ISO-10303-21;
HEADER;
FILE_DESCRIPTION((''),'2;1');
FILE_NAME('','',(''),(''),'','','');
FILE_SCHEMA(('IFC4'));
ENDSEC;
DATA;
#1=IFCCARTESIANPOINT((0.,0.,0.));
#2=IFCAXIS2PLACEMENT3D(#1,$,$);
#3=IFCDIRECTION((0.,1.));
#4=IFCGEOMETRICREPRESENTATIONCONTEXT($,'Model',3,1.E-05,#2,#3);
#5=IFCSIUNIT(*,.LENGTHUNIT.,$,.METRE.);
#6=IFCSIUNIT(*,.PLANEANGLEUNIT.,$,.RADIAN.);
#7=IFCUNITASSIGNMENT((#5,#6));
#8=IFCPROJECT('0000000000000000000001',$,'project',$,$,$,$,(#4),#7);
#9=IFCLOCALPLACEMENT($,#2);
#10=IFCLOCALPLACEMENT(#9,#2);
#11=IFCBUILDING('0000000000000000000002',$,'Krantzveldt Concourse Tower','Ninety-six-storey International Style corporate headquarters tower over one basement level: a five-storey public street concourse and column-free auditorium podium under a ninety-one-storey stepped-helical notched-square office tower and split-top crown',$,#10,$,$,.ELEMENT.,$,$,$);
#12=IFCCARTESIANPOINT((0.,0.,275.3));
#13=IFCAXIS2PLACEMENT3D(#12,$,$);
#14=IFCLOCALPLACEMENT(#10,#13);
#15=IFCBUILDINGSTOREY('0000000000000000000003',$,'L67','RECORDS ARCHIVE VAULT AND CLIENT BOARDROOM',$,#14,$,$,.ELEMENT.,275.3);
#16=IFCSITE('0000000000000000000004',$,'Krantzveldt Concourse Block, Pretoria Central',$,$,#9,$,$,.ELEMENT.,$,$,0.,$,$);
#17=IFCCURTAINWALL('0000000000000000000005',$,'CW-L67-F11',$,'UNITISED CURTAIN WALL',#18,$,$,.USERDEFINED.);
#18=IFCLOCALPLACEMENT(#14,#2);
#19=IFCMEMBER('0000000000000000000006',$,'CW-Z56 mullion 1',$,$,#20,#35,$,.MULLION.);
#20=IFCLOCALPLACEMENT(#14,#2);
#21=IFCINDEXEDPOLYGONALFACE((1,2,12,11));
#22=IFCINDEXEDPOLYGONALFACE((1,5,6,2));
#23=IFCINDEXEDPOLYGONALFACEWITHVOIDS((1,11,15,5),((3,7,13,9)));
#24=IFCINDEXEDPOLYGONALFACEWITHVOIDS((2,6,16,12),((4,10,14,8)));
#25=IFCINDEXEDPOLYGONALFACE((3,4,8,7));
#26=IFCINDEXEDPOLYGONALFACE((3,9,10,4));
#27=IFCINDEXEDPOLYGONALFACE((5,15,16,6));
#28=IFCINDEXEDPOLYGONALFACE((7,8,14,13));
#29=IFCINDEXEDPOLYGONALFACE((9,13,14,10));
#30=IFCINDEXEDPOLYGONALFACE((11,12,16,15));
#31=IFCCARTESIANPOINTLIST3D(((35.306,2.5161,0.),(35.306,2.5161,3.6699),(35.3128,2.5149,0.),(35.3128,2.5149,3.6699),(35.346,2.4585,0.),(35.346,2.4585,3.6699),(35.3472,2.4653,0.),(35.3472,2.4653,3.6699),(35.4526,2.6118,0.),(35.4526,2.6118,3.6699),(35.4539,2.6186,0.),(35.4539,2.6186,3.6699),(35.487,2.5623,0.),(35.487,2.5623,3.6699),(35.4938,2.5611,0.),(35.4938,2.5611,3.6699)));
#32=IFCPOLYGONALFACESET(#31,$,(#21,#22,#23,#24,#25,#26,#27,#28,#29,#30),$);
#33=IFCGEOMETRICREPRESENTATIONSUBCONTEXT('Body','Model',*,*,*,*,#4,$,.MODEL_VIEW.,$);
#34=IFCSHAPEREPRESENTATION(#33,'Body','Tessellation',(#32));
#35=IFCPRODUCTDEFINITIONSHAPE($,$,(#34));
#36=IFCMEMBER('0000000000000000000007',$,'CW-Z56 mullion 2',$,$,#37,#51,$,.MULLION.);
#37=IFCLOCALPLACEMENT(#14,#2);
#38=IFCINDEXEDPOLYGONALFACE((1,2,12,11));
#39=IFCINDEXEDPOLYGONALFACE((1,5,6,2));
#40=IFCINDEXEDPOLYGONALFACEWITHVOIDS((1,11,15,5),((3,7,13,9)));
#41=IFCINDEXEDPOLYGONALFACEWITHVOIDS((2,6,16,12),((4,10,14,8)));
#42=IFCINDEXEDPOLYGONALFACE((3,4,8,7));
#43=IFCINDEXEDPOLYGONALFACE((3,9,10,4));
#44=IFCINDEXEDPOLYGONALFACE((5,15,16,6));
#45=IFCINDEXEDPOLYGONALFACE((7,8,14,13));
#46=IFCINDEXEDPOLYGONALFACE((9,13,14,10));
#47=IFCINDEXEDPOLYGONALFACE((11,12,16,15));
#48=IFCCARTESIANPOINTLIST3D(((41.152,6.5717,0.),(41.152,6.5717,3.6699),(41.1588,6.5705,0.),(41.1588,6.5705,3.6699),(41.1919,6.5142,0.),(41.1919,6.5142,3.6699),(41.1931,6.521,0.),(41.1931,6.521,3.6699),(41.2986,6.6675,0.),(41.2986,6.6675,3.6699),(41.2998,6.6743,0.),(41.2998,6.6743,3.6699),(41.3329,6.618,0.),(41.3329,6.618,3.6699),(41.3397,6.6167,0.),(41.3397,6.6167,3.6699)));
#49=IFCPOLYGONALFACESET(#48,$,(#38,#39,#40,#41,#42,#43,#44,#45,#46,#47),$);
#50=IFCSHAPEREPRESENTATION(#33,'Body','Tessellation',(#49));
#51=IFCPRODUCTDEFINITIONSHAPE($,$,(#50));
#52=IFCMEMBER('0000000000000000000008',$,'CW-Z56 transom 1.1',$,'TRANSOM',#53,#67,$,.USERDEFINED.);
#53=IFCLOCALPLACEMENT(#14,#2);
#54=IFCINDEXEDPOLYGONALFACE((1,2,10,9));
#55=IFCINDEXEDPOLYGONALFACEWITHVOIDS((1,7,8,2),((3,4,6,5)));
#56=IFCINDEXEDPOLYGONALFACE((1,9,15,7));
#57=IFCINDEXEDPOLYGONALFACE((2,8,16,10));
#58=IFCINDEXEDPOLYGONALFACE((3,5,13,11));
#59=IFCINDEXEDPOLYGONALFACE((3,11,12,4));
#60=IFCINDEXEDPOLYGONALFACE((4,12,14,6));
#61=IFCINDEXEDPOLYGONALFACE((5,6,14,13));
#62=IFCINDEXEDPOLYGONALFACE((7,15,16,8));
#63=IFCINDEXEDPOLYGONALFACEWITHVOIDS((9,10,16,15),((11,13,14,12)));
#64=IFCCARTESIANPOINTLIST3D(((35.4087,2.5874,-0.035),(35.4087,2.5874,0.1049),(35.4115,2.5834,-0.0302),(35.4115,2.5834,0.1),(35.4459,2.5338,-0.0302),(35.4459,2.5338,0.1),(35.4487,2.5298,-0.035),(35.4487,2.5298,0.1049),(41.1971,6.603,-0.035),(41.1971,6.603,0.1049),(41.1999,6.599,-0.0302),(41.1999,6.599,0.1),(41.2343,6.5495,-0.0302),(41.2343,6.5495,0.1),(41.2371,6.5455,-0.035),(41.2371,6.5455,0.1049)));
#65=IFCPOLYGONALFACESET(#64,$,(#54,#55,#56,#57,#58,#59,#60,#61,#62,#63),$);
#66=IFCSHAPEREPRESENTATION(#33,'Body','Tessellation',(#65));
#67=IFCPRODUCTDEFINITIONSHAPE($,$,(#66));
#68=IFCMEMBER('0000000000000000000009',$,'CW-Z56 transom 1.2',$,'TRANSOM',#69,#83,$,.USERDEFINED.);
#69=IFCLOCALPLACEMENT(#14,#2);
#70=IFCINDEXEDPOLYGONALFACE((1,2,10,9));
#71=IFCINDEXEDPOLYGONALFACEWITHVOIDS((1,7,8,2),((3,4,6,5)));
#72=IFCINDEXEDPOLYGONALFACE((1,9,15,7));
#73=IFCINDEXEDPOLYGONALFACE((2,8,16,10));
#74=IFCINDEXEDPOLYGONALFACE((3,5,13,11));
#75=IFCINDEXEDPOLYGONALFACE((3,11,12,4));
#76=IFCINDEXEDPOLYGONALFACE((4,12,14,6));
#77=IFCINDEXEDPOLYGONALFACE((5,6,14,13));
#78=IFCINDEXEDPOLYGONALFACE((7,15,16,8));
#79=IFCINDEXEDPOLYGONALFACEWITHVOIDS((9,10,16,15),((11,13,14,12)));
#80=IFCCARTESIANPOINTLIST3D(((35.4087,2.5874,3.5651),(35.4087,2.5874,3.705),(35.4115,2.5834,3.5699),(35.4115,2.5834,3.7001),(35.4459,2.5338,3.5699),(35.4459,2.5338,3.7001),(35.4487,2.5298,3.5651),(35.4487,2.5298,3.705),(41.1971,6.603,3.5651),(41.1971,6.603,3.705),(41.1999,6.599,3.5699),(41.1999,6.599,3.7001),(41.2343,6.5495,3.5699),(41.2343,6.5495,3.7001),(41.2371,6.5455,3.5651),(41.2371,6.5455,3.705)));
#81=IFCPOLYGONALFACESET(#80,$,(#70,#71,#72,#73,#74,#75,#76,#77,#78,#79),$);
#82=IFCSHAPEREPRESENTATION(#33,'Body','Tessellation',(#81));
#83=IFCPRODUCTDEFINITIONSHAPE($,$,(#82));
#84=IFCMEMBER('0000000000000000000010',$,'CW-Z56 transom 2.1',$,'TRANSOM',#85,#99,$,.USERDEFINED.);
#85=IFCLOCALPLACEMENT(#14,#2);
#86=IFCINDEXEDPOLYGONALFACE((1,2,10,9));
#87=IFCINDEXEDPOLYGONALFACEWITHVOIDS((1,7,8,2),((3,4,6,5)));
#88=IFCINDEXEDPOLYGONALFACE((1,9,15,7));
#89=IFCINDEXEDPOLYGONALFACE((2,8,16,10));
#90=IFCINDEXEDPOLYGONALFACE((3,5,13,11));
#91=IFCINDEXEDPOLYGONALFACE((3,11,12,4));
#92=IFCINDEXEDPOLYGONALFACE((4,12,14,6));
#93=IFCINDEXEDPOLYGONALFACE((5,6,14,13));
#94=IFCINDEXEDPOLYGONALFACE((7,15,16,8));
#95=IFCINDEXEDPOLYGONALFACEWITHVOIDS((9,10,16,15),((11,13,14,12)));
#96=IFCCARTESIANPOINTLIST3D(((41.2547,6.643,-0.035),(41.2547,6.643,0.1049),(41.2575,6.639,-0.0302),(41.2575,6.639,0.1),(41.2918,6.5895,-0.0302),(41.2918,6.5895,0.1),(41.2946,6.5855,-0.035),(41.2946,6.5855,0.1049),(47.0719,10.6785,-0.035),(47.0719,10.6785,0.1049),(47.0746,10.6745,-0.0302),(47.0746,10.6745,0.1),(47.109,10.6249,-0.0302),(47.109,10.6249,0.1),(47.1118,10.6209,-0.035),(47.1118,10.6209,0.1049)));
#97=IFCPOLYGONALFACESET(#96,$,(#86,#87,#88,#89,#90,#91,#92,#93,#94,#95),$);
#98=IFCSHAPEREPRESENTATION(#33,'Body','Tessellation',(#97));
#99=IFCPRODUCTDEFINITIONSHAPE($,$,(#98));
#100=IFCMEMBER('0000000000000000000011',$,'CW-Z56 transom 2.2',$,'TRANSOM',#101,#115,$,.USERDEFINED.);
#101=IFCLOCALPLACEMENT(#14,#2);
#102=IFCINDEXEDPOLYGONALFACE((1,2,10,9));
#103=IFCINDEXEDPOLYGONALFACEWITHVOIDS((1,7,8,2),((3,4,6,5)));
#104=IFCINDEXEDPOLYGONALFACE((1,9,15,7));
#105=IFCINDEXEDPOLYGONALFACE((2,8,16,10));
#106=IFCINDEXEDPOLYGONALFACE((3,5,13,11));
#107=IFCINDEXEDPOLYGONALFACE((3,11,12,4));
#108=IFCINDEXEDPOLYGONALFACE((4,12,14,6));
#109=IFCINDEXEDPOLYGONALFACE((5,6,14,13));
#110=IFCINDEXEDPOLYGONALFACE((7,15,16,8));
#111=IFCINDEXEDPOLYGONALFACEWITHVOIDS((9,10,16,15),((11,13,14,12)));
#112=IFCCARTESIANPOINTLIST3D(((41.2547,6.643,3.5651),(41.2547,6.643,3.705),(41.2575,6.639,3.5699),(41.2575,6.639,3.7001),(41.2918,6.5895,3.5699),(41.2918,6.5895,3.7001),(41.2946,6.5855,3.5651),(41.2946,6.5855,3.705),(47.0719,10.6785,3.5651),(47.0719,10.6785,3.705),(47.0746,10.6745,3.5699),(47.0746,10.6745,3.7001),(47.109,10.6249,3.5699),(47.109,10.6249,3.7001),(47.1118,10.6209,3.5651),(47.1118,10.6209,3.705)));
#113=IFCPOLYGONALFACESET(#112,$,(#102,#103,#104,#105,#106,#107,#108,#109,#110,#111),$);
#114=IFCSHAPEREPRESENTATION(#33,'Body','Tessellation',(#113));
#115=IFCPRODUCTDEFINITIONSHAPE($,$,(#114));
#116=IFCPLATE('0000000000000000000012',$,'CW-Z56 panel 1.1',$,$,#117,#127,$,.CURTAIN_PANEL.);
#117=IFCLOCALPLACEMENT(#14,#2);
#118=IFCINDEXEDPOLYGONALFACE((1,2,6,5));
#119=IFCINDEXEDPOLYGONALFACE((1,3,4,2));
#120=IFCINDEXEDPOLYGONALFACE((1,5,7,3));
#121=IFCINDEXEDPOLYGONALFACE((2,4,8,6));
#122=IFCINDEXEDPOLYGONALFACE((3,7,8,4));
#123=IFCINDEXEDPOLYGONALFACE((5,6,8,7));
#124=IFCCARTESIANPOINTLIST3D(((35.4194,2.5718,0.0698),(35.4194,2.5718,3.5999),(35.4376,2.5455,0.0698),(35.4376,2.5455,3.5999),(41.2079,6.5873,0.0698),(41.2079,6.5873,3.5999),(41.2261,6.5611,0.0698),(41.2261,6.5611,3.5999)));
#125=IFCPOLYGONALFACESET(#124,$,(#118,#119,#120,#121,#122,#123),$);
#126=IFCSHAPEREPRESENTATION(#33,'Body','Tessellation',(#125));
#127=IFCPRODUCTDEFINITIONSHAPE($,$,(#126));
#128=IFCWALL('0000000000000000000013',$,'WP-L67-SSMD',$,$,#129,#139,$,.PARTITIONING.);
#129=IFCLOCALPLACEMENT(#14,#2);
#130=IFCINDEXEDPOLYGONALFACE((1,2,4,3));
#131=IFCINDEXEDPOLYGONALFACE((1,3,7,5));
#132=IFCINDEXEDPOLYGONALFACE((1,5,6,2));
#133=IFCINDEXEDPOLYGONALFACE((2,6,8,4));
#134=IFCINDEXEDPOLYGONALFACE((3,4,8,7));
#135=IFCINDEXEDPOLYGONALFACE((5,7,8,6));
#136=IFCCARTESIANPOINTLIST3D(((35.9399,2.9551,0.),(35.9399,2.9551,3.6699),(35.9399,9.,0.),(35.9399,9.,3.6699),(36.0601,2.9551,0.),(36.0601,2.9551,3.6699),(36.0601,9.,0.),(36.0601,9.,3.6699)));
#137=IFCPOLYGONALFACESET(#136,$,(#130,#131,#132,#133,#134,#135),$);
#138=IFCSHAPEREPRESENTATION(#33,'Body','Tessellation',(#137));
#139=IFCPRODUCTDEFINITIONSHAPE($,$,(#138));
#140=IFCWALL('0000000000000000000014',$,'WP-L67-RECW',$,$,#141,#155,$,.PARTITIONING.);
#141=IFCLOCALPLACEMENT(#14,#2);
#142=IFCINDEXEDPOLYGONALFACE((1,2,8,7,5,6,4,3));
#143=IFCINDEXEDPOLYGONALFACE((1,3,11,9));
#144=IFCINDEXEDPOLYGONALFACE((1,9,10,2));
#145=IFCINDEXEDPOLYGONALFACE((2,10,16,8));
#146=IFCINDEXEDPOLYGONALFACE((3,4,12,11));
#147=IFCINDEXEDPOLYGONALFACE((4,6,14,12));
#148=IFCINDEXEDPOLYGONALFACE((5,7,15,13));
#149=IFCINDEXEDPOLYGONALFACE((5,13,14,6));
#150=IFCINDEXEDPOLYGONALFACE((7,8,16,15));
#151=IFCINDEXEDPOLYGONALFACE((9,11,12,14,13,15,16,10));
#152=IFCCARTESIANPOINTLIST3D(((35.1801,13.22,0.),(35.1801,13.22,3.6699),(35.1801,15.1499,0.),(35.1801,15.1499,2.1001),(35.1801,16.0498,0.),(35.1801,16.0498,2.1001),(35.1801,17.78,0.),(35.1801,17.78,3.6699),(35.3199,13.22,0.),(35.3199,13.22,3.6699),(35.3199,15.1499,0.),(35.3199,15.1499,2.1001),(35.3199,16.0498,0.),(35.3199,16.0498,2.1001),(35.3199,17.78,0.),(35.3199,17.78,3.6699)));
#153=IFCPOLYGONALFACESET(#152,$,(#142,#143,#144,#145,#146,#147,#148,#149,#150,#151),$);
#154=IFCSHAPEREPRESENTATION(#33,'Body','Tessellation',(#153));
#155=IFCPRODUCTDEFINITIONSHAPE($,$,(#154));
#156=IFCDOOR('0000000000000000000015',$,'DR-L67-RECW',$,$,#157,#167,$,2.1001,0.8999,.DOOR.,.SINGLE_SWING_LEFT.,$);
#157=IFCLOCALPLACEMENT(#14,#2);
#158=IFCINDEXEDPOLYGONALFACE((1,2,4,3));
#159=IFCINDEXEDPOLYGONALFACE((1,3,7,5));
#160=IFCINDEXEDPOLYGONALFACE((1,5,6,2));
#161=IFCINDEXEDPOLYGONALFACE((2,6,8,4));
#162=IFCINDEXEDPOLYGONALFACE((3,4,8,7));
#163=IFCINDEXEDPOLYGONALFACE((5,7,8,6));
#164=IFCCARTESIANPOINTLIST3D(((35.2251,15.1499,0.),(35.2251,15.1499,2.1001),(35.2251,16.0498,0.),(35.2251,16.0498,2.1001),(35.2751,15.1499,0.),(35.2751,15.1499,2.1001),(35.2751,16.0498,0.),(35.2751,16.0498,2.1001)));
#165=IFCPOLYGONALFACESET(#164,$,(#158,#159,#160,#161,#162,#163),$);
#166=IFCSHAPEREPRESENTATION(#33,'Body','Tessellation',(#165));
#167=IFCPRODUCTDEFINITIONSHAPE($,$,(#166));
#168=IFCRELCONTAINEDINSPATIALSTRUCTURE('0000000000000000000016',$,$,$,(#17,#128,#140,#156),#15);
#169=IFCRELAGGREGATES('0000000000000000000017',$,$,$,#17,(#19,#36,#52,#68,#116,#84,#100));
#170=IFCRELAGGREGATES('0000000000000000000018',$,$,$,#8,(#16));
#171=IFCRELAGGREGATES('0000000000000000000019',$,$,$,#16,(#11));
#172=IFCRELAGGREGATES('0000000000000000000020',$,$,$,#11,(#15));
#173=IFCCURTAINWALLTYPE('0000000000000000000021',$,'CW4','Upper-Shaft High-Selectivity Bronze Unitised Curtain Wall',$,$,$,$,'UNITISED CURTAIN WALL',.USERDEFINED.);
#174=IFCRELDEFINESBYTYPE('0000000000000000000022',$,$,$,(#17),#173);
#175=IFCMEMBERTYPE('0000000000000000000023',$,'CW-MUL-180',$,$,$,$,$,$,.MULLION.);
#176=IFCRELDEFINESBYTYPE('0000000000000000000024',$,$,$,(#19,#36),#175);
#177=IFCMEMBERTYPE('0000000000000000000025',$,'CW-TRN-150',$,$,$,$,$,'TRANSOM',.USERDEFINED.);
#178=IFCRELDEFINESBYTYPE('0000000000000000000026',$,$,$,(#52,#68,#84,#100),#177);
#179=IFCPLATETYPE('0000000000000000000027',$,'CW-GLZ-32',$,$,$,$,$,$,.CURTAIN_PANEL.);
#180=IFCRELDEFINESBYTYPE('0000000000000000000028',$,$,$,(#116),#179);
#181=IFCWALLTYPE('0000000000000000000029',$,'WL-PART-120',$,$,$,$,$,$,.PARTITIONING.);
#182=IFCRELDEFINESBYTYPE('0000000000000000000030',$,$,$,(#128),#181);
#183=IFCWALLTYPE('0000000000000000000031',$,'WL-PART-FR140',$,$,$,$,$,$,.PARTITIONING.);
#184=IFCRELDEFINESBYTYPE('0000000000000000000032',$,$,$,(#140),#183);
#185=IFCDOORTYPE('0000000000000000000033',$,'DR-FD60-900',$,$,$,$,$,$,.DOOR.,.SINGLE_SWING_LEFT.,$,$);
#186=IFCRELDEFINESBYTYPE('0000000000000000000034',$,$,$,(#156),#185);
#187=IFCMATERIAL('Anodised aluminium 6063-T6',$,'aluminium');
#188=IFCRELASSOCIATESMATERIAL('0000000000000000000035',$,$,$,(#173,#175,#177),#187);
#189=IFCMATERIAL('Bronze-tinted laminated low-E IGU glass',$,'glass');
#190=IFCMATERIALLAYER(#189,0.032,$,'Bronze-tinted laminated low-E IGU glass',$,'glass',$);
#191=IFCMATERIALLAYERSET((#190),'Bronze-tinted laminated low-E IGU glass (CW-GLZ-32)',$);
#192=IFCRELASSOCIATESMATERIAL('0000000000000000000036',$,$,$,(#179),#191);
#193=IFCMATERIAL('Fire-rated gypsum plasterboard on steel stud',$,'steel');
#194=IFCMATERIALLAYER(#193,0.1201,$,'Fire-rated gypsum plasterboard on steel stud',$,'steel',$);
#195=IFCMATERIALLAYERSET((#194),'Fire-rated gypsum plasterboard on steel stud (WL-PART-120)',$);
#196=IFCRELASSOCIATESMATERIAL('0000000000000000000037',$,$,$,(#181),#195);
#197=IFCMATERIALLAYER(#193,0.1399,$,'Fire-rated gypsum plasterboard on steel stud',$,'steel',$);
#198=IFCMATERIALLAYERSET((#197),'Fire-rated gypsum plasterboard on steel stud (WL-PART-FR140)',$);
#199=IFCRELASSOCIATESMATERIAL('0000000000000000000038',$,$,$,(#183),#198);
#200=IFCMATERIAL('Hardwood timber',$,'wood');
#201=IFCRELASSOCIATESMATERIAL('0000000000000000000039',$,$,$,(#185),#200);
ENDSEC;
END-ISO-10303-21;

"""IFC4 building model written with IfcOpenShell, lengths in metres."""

from ifc_helpers import new_model, si_unit, direction, frame, frame_2d, origin, origin_2d, place, context, subcontext, project, spatial, rectangle, hollow_rectangle, extrude, source, transform, mapped, material, layer, layer_set, material_profile, profile_set, type_object, type_shapes, element, fill, aggregate, save


model = new_model("IFC4")

# Units and contexts
model_context = context("Model", 3, precision=1e-05, world=origin(), true_north=direction((0.0, 1.0)))
body_context = subcontext(model_context, "Body", "Model", "MODEL_VIEW")
ifc_project = project(units=[si_unit("LENGTHUNIT", "METRE"), si_unit("PLANEANGLEUNIT", "RADIAN")], contexts=[model_context])

# Site, building, storey
site_placement = place(None, origin())
site = spatial("IfcSite", under=ifc_project, at=site_placement, Name="Krantzveldt Concourse Block, Pretoria Central", CompositionType="ELEMENT", RefElevation=0.0)
building_placement = place(site_placement, origin())
building = spatial("IfcBuilding", under=site, at=building_placement, Name="Krantzveldt Concourse Tower", Description="Ninety-six-storey International Style corporate headquarters tower over one basement level: a five-storey public street concourse and column-free auditorium podium under a ninety-one-storey stepped-helical notched-square office tower and split-top crown", CompositionType="ELEMENT")
storey_placement = place(building_placement, frame((0.0, 0.0, 275.3)))
storey = spatial("IfcBuildingStorey", under=building, at=storey_placement, Name="L67", Description="RECORDS ARCHIVE VAULT AND CLIENT BOARDROOM", CompositionType="ELEMENT", Elevation=275.3)

# Curtain wall, members, plate
ifc_material_1 = material(Name="Anodised aluminium 6063-T6", Category="aluminium")
curtain_wall_type = type_object("IfcCurtainWallType", Name="CW4", Description="Upper-Shaft High-Selectivity Bronze Unitised Curtain Wall", ElementType="UNITISED CURTAIN WALL", PredefinedType="USERDEFINED", material=ifc_material_1)
curtain_wall_placement = place(storey_placement, origin())
curtain_wall = element("IfcCurtainWall", 1, at=curtain_wall_placement, inside=storey, type_object=curtain_wall_type, Name="CW-L67-F11", ObjectType="UNITISED CURTAIN WALL", PredefinedType="USERDEFINED")
ifc_material_profile_1 = material_profile(ifc_material_1, hollow_rectangle(XDim=0.0701, YDim=0.1799, WallThickness=0.0049, at=origin_2d()), Name="Anodised aluminium 6063-T6", Category="aluminium")
ifc_profile_set_1 = profile_set([ifc_material_profile_1], Name="Anodised aluminium 6063-T6 - ALU-MULL 180x70x5")
member_type_1 = type_object("IfcMemberType", Name="CW-MUL-180", PredefinedType="MULLION", material=ifc_profile_set_1)
shared_shape_1 = source(origin(), body_context, "Body", "SweptSolid", [
    extrude(hollow_rectangle(XDim=0.0701, YDim=0.1799, WallThickness=0.0049, at=origin_2d()), origin(), (0.0, 0.0, 1.0), 3.6699),
])
type_shapes(member_type_1, [shared_shape_1])
member_1_placement = place(storey_placement, frame((35.3999, 2.5386, 0.0), z_axis=(0.0, 0.0, 1.0), x_axis=(-0.569997, 0.821647, 0.0)))
member_1 = element("IfcMember", 2, at=member_1_placement, type_object=member_type_1, Name="CW-Z56 mullion 1", PredefinedType="MULLION", context=body_context, shape_type="MappedRepresentation", body=[
    mapped(shared_shape_1, transform((0.0, 0.0, 0.0), x_axis=(1.0, 0.0, 0.0), y_axis=(0.0, 1.0, 0.0), z_axis=(0.0, 0.0, 1.0), scale=1.0)),
])
member_2_placement = place(storey_placement, frame((41.2458, 6.5942, 0.0), z_axis=(0.0, 0.0, 1.0), x_axis=(-0.569997, 0.821647, 0.0)))
member_2 = element("IfcMember", 3, at=member_2_placement, type_object=member_type_1, Name="CW-Z56 mullion 2", PredefinedType="MULLION", context=body_context, shape_type="MappedRepresentation", body=[
    mapped(shared_shape_1, transform((0.0, 0.0, 0.0), x_axis=(1.0, 0.0, 0.0), y_axis=(0.0, 1.0, 0.0), z_axis=(0.0, 0.0, 1.0), scale=1.0)),
])
ifc_material_profile_2 = material_profile(ifc_material_1, hollow_rectangle(XDim=0.0701, YDim=0.1399, WallThickness=0.0049, at=origin_2d()), Name="Anodised aluminium 6063-T6", Category="aluminium")
ifc_profile_set_2 = profile_set([ifc_material_profile_2], Name="Anodised aluminium 6063-T6 - ALU-TRAN 140x70x5")
member_type_2 = type_object("IfcMemberType", Name="CW-TRN-150", ElementType="TRANSOM", PredefinedType="USERDEFINED", material=ifc_profile_set_2)
shared_shape_2 = source(origin(), body_context, "Body", "SweptSolid", [
    extrude(hollow_rectangle(XDim=0.0701, YDim=0.1399, WallThickness=0.0049, at=origin_2d()), origin(), (0.0, 0.0, 1.0), 7.0449),
])
member_3_placement = place(storey_placement, frame((35.4287, 2.5586, 0.0349), z_axis=(0.821639, 0.570008, 0.0), x_axis=(-0.570008, 0.821639, 0.0)))
member_3 = element("IfcMember", 4, at=member_3_placement, type_object=member_type_2, Name="CW-Z56 transom 1.1", ObjectType="TRANSOM", PredefinedType="USERDEFINED", context=body_context, shape_type="MappedRepresentation", body=[
    mapped(shared_shape_2, transform((0.0, 0.0, 0.0), x_axis=(1.0, 0.0, 0.0), y_axis=(0.0, 1.0, 0.0), z_axis=(0.0, 0.0, 1.0), scale=1.0)),
])
member_4_placement = place(storey_placement, frame((35.4287, 2.5586, 3.635), z_axis=(0.821639, 0.570008, 0.0), x_axis=(-0.570008, 0.821639, 0.0)))
member_4 = element("IfcMember", 5, at=member_4_placement, type_object=member_type_2, Name="CW-Z56 transom 1.2", ObjectType="TRANSOM", PredefinedType="USERDEFINED", context=body_context, shape_type="MappedRepresentation", body=[
    mapped(shared_shape_2, transform((0.0, 0.0, 0.0), x_axis=(1.0, 0.0, 0.0), y_axis=(0.0, 1.0, 0.0), z_axis=(0.0, 0.0, 1.0), scale=1.0)),
])
shared_shape_3 = source(origin(), body_context, "Body", "SweptSolid", [
    extrude(hollow_rectangle(XDim=0.0701, YDim=0.1399, WallThickness=0.0049, at=origin_2d()), origin(), (0.0, 0.0, 1.0), 7.0798),
])
type_shapes(member_type_2, [shared_shape_2, shared_shape_3])
member_5_placement = place(storey_placement, frame((41.2747, 6.6143, 0.0349), z_axis=(0.821653, 0.569988, 0.0), x_axis=(-0.569988, 0.821653, 0.0)))
member_5 = element("IfcMember", 6, at=member_5_placement, type_object=member_type_2, Name="CW-Z56 transom 2.1", ObjectType="TRANSOM", PredefinedType="USERDEFINED", context=body_context, shape_type="MappedRepresentation", body=[
    mapped(shared_shape_3, transform((0.0, 0.0, 0.0), x_axis=(1.0, 0.0, 0.0), y_axis=(0.0, 1.0, 0.0), z_axis=(0.0, 0.0, 1.0), scale=1.0)),
])
member_6_placement = place(storey_placement, frame((41.2747, 6.6143, 3.635), z_axis=(0.821653, 0.569988, 0.0), x_axis=(-0.569988, 0.821653, 0.0)))
member_6 = element("IfcMember", 7, at=member_6_placement, type_object=member_type_2, Name="CW-Z56 transom 2.2", ObjectType="TRANSOM", PredefinedType="USERDEFINED", context=body_context, shape_type="MappedRepresentation", body=[
    mapped(shared_shape_3, transform((0.0, 0.0, 0.0), x_axis=(1.0, 0.0, 0.0), y_axis=(0.0, 1.0, 0.0), z_axis=(0.0, 0.0, 1.0), scale=1.0)),
])
ifc_material_2 = material(Name="Bronze-tinted laminated low-E IGU glass", Category="glass")
ifc_layer_1 = layer(ifc_material_2, 0.032, Name="Bronze-tinted laminated low-E IGU glass", Category="glass")
ifc_layer_set_1 = layer_set([ifc_layer_1], Name="Bronze-tinted laminated low-E IGU glass (CW-GLZ-32)")
plate_type = type_object("IfcPlateType", Name="CW-GLZ-32", PredefinedType="CURTAIN_PANEL", material=ifc_layer_set_1)
shared_shape_4 = source(origin(), body_context, "Body", "SweptSolid", [
    extrude(rectangle(XDim=7.0449, YDim=0.032, at=origin_2d()), origin(), (0.0, 0.0, 1.0), 3.53),
])
type_shapes(plate_type, [shared_shape_4])
plate_placement = place(storey_placement, frame((38.3228, 4.5664, 0.0698), z_axis=(0.0, 0.0, 1.0), x_axis=(0.821647, 0.569997, 0.0)))
plate = element("IfcPlate", 8, at=plate_placement, type_object=plate_type, Name="CW-Z56 panel 1.1", PredefinedType="CURTAIN_PANEL", context=body_context, shape_type="MappedRepresentation", body=[
    mapped(shared_shape_4, transform((0.0, 0.0, 0.0), x_axis=(1.0, 0.0, 0.0), y_axis=(0.0, 1.0, 0.0), z_axis=(0.0, 0.0, 1.0), scale=1.0)),
])
aggregate(curtain_wall, [member_1, member_2, member_3, member_4, plate, member_5, member_6])

# Wall
ifc_material_3 = material(Name="Fire-rated gypsum plasterboard on steel stud", Category="steel")
ifc_layer_2 = layer(ifc_material_3, 0.1201, Name="Fire-rated gypsum plasterboard on steel stud", Category="steel")
ifc_layer_set_2 = layer_set([ifc_layer_2], Name="Fire-rated gypsum plasterboard on steel stud (WL-PART-120)")
wall_type_1 = type_object("IfcWallType", Name="WL-PART-120", PredefinedType="PARTITIONING", material=ifc_layer_set_2)
wall_1_placement = place(storey_placement, frame((36.0, 2.9551, 0.0), z_axis=(0.0, 0.0, 1.0), x_axis=(0.0, 1.0, 0.0)))
element("IfcWall", 9, at=wall_1_placement, inside=storey, type_object=wall_type_1, Name="WP-L67-SSMD", PredefinedType="PARTITIONING", context=body_context, shape_type="SweptSolid", body=[
    extrude(rectangle(XDim=6.0449, YDim=0.1201, at=frame_2d((3.0225, 0.0))), origin(), (0.0, 0.0, 1.0), 3.6699),
])

# Wall, opening, door
ifc_layer_3 = layer(ifc_material_3, 0.1399, Name="Fire-rated gypsum plasterboard on steel stud", Category="steel")
ifc_layer_set_3 = layer_set([ifc_layer_3], Name="Fire-rated gypsum plasterboard on steel stud (WL-PART-FR140)")
wall_type_2 = type_object("IfcWallType", Name="WL-PART-FR140", PredefinedType="PARTITIONING", material=ifc_layer_set_3)
wall_2_placement = place(storey_placement, frame((35.25, 13.22, 0.0), z_axis=(0.0, 0.0, 1.0), x_axis=(0.0, 1.0, 0.0)))
wall_2 = element("IfcWall", 10, at=wall_2_placement, inside=storey, type_object=wall_type_2, Name="WP-L67-RECW", PredefinedType="PARTITIONING", context=body_context, shape_type="SweptSolid", body=[
    extrude(rectangle(XDim=4.5601, YDim=0.1399, at=frame_2d((2.28, 0.0))), origin(), (0.0, 0.0, 1.0), 3.6699),
])
opening_1_placement = place(wall_2_placement, frame((1.9299, 0.0, 0.0)))
opening_1 = element("IfcOpeningElement", 11, at=opening_1_placement, cuts=wall_2, PredefinedType="OPENING", context=body_context, shape_type="SweptSolid", body=[
    extrude(rectangle(XDim=0.8999, YDim=2.1001, at=frame_2d((0.45, 1.05))), frame((0.0, 0.0801, 0.0), z_axis=(0.0, -1.0, 0.0), x_axis=(1.0, 0.0, 0.0)), (0.0, 0.0, 1.0), 0.1599),
])
ifc_material_4 = material(Name="Hardwood timber", Category="wood")
door_type_1 = type_object("IfcDoorType", Name="DR-FD60-900", OperationType="SINGLE_SWING_LEFT", PredefinedType="DOOR", material=ifc_material_4)
door_1_placement = place(opening_1_placement, origin())
door_1 = element("IfcDoor", 12, at=door_1_placement, inside=storey, type_object=door_type_1, Name="DR-L67-RECW", OperationType="SINGLE_SWING_LEFT", OverallHeight=2.1001, OverallWidth=0.8999, PredefinedType="DOOR", context=body_context, shape_type="SweptSolid", body=[
    extrude(rectangle(XDim=0.8999, YDim=2.1001, at=frame_2d((0.45, 1.05))), frame((0.0, 0.0249, 0.0), z_axis=(0.0, -1.0, 0.0), x_axis=(1.0, 0.0, 0.0)), (0.0, 0.0, 1.0), 0.05),
])
fill(opening_1, door_1)

save(model, "model.ifc")
